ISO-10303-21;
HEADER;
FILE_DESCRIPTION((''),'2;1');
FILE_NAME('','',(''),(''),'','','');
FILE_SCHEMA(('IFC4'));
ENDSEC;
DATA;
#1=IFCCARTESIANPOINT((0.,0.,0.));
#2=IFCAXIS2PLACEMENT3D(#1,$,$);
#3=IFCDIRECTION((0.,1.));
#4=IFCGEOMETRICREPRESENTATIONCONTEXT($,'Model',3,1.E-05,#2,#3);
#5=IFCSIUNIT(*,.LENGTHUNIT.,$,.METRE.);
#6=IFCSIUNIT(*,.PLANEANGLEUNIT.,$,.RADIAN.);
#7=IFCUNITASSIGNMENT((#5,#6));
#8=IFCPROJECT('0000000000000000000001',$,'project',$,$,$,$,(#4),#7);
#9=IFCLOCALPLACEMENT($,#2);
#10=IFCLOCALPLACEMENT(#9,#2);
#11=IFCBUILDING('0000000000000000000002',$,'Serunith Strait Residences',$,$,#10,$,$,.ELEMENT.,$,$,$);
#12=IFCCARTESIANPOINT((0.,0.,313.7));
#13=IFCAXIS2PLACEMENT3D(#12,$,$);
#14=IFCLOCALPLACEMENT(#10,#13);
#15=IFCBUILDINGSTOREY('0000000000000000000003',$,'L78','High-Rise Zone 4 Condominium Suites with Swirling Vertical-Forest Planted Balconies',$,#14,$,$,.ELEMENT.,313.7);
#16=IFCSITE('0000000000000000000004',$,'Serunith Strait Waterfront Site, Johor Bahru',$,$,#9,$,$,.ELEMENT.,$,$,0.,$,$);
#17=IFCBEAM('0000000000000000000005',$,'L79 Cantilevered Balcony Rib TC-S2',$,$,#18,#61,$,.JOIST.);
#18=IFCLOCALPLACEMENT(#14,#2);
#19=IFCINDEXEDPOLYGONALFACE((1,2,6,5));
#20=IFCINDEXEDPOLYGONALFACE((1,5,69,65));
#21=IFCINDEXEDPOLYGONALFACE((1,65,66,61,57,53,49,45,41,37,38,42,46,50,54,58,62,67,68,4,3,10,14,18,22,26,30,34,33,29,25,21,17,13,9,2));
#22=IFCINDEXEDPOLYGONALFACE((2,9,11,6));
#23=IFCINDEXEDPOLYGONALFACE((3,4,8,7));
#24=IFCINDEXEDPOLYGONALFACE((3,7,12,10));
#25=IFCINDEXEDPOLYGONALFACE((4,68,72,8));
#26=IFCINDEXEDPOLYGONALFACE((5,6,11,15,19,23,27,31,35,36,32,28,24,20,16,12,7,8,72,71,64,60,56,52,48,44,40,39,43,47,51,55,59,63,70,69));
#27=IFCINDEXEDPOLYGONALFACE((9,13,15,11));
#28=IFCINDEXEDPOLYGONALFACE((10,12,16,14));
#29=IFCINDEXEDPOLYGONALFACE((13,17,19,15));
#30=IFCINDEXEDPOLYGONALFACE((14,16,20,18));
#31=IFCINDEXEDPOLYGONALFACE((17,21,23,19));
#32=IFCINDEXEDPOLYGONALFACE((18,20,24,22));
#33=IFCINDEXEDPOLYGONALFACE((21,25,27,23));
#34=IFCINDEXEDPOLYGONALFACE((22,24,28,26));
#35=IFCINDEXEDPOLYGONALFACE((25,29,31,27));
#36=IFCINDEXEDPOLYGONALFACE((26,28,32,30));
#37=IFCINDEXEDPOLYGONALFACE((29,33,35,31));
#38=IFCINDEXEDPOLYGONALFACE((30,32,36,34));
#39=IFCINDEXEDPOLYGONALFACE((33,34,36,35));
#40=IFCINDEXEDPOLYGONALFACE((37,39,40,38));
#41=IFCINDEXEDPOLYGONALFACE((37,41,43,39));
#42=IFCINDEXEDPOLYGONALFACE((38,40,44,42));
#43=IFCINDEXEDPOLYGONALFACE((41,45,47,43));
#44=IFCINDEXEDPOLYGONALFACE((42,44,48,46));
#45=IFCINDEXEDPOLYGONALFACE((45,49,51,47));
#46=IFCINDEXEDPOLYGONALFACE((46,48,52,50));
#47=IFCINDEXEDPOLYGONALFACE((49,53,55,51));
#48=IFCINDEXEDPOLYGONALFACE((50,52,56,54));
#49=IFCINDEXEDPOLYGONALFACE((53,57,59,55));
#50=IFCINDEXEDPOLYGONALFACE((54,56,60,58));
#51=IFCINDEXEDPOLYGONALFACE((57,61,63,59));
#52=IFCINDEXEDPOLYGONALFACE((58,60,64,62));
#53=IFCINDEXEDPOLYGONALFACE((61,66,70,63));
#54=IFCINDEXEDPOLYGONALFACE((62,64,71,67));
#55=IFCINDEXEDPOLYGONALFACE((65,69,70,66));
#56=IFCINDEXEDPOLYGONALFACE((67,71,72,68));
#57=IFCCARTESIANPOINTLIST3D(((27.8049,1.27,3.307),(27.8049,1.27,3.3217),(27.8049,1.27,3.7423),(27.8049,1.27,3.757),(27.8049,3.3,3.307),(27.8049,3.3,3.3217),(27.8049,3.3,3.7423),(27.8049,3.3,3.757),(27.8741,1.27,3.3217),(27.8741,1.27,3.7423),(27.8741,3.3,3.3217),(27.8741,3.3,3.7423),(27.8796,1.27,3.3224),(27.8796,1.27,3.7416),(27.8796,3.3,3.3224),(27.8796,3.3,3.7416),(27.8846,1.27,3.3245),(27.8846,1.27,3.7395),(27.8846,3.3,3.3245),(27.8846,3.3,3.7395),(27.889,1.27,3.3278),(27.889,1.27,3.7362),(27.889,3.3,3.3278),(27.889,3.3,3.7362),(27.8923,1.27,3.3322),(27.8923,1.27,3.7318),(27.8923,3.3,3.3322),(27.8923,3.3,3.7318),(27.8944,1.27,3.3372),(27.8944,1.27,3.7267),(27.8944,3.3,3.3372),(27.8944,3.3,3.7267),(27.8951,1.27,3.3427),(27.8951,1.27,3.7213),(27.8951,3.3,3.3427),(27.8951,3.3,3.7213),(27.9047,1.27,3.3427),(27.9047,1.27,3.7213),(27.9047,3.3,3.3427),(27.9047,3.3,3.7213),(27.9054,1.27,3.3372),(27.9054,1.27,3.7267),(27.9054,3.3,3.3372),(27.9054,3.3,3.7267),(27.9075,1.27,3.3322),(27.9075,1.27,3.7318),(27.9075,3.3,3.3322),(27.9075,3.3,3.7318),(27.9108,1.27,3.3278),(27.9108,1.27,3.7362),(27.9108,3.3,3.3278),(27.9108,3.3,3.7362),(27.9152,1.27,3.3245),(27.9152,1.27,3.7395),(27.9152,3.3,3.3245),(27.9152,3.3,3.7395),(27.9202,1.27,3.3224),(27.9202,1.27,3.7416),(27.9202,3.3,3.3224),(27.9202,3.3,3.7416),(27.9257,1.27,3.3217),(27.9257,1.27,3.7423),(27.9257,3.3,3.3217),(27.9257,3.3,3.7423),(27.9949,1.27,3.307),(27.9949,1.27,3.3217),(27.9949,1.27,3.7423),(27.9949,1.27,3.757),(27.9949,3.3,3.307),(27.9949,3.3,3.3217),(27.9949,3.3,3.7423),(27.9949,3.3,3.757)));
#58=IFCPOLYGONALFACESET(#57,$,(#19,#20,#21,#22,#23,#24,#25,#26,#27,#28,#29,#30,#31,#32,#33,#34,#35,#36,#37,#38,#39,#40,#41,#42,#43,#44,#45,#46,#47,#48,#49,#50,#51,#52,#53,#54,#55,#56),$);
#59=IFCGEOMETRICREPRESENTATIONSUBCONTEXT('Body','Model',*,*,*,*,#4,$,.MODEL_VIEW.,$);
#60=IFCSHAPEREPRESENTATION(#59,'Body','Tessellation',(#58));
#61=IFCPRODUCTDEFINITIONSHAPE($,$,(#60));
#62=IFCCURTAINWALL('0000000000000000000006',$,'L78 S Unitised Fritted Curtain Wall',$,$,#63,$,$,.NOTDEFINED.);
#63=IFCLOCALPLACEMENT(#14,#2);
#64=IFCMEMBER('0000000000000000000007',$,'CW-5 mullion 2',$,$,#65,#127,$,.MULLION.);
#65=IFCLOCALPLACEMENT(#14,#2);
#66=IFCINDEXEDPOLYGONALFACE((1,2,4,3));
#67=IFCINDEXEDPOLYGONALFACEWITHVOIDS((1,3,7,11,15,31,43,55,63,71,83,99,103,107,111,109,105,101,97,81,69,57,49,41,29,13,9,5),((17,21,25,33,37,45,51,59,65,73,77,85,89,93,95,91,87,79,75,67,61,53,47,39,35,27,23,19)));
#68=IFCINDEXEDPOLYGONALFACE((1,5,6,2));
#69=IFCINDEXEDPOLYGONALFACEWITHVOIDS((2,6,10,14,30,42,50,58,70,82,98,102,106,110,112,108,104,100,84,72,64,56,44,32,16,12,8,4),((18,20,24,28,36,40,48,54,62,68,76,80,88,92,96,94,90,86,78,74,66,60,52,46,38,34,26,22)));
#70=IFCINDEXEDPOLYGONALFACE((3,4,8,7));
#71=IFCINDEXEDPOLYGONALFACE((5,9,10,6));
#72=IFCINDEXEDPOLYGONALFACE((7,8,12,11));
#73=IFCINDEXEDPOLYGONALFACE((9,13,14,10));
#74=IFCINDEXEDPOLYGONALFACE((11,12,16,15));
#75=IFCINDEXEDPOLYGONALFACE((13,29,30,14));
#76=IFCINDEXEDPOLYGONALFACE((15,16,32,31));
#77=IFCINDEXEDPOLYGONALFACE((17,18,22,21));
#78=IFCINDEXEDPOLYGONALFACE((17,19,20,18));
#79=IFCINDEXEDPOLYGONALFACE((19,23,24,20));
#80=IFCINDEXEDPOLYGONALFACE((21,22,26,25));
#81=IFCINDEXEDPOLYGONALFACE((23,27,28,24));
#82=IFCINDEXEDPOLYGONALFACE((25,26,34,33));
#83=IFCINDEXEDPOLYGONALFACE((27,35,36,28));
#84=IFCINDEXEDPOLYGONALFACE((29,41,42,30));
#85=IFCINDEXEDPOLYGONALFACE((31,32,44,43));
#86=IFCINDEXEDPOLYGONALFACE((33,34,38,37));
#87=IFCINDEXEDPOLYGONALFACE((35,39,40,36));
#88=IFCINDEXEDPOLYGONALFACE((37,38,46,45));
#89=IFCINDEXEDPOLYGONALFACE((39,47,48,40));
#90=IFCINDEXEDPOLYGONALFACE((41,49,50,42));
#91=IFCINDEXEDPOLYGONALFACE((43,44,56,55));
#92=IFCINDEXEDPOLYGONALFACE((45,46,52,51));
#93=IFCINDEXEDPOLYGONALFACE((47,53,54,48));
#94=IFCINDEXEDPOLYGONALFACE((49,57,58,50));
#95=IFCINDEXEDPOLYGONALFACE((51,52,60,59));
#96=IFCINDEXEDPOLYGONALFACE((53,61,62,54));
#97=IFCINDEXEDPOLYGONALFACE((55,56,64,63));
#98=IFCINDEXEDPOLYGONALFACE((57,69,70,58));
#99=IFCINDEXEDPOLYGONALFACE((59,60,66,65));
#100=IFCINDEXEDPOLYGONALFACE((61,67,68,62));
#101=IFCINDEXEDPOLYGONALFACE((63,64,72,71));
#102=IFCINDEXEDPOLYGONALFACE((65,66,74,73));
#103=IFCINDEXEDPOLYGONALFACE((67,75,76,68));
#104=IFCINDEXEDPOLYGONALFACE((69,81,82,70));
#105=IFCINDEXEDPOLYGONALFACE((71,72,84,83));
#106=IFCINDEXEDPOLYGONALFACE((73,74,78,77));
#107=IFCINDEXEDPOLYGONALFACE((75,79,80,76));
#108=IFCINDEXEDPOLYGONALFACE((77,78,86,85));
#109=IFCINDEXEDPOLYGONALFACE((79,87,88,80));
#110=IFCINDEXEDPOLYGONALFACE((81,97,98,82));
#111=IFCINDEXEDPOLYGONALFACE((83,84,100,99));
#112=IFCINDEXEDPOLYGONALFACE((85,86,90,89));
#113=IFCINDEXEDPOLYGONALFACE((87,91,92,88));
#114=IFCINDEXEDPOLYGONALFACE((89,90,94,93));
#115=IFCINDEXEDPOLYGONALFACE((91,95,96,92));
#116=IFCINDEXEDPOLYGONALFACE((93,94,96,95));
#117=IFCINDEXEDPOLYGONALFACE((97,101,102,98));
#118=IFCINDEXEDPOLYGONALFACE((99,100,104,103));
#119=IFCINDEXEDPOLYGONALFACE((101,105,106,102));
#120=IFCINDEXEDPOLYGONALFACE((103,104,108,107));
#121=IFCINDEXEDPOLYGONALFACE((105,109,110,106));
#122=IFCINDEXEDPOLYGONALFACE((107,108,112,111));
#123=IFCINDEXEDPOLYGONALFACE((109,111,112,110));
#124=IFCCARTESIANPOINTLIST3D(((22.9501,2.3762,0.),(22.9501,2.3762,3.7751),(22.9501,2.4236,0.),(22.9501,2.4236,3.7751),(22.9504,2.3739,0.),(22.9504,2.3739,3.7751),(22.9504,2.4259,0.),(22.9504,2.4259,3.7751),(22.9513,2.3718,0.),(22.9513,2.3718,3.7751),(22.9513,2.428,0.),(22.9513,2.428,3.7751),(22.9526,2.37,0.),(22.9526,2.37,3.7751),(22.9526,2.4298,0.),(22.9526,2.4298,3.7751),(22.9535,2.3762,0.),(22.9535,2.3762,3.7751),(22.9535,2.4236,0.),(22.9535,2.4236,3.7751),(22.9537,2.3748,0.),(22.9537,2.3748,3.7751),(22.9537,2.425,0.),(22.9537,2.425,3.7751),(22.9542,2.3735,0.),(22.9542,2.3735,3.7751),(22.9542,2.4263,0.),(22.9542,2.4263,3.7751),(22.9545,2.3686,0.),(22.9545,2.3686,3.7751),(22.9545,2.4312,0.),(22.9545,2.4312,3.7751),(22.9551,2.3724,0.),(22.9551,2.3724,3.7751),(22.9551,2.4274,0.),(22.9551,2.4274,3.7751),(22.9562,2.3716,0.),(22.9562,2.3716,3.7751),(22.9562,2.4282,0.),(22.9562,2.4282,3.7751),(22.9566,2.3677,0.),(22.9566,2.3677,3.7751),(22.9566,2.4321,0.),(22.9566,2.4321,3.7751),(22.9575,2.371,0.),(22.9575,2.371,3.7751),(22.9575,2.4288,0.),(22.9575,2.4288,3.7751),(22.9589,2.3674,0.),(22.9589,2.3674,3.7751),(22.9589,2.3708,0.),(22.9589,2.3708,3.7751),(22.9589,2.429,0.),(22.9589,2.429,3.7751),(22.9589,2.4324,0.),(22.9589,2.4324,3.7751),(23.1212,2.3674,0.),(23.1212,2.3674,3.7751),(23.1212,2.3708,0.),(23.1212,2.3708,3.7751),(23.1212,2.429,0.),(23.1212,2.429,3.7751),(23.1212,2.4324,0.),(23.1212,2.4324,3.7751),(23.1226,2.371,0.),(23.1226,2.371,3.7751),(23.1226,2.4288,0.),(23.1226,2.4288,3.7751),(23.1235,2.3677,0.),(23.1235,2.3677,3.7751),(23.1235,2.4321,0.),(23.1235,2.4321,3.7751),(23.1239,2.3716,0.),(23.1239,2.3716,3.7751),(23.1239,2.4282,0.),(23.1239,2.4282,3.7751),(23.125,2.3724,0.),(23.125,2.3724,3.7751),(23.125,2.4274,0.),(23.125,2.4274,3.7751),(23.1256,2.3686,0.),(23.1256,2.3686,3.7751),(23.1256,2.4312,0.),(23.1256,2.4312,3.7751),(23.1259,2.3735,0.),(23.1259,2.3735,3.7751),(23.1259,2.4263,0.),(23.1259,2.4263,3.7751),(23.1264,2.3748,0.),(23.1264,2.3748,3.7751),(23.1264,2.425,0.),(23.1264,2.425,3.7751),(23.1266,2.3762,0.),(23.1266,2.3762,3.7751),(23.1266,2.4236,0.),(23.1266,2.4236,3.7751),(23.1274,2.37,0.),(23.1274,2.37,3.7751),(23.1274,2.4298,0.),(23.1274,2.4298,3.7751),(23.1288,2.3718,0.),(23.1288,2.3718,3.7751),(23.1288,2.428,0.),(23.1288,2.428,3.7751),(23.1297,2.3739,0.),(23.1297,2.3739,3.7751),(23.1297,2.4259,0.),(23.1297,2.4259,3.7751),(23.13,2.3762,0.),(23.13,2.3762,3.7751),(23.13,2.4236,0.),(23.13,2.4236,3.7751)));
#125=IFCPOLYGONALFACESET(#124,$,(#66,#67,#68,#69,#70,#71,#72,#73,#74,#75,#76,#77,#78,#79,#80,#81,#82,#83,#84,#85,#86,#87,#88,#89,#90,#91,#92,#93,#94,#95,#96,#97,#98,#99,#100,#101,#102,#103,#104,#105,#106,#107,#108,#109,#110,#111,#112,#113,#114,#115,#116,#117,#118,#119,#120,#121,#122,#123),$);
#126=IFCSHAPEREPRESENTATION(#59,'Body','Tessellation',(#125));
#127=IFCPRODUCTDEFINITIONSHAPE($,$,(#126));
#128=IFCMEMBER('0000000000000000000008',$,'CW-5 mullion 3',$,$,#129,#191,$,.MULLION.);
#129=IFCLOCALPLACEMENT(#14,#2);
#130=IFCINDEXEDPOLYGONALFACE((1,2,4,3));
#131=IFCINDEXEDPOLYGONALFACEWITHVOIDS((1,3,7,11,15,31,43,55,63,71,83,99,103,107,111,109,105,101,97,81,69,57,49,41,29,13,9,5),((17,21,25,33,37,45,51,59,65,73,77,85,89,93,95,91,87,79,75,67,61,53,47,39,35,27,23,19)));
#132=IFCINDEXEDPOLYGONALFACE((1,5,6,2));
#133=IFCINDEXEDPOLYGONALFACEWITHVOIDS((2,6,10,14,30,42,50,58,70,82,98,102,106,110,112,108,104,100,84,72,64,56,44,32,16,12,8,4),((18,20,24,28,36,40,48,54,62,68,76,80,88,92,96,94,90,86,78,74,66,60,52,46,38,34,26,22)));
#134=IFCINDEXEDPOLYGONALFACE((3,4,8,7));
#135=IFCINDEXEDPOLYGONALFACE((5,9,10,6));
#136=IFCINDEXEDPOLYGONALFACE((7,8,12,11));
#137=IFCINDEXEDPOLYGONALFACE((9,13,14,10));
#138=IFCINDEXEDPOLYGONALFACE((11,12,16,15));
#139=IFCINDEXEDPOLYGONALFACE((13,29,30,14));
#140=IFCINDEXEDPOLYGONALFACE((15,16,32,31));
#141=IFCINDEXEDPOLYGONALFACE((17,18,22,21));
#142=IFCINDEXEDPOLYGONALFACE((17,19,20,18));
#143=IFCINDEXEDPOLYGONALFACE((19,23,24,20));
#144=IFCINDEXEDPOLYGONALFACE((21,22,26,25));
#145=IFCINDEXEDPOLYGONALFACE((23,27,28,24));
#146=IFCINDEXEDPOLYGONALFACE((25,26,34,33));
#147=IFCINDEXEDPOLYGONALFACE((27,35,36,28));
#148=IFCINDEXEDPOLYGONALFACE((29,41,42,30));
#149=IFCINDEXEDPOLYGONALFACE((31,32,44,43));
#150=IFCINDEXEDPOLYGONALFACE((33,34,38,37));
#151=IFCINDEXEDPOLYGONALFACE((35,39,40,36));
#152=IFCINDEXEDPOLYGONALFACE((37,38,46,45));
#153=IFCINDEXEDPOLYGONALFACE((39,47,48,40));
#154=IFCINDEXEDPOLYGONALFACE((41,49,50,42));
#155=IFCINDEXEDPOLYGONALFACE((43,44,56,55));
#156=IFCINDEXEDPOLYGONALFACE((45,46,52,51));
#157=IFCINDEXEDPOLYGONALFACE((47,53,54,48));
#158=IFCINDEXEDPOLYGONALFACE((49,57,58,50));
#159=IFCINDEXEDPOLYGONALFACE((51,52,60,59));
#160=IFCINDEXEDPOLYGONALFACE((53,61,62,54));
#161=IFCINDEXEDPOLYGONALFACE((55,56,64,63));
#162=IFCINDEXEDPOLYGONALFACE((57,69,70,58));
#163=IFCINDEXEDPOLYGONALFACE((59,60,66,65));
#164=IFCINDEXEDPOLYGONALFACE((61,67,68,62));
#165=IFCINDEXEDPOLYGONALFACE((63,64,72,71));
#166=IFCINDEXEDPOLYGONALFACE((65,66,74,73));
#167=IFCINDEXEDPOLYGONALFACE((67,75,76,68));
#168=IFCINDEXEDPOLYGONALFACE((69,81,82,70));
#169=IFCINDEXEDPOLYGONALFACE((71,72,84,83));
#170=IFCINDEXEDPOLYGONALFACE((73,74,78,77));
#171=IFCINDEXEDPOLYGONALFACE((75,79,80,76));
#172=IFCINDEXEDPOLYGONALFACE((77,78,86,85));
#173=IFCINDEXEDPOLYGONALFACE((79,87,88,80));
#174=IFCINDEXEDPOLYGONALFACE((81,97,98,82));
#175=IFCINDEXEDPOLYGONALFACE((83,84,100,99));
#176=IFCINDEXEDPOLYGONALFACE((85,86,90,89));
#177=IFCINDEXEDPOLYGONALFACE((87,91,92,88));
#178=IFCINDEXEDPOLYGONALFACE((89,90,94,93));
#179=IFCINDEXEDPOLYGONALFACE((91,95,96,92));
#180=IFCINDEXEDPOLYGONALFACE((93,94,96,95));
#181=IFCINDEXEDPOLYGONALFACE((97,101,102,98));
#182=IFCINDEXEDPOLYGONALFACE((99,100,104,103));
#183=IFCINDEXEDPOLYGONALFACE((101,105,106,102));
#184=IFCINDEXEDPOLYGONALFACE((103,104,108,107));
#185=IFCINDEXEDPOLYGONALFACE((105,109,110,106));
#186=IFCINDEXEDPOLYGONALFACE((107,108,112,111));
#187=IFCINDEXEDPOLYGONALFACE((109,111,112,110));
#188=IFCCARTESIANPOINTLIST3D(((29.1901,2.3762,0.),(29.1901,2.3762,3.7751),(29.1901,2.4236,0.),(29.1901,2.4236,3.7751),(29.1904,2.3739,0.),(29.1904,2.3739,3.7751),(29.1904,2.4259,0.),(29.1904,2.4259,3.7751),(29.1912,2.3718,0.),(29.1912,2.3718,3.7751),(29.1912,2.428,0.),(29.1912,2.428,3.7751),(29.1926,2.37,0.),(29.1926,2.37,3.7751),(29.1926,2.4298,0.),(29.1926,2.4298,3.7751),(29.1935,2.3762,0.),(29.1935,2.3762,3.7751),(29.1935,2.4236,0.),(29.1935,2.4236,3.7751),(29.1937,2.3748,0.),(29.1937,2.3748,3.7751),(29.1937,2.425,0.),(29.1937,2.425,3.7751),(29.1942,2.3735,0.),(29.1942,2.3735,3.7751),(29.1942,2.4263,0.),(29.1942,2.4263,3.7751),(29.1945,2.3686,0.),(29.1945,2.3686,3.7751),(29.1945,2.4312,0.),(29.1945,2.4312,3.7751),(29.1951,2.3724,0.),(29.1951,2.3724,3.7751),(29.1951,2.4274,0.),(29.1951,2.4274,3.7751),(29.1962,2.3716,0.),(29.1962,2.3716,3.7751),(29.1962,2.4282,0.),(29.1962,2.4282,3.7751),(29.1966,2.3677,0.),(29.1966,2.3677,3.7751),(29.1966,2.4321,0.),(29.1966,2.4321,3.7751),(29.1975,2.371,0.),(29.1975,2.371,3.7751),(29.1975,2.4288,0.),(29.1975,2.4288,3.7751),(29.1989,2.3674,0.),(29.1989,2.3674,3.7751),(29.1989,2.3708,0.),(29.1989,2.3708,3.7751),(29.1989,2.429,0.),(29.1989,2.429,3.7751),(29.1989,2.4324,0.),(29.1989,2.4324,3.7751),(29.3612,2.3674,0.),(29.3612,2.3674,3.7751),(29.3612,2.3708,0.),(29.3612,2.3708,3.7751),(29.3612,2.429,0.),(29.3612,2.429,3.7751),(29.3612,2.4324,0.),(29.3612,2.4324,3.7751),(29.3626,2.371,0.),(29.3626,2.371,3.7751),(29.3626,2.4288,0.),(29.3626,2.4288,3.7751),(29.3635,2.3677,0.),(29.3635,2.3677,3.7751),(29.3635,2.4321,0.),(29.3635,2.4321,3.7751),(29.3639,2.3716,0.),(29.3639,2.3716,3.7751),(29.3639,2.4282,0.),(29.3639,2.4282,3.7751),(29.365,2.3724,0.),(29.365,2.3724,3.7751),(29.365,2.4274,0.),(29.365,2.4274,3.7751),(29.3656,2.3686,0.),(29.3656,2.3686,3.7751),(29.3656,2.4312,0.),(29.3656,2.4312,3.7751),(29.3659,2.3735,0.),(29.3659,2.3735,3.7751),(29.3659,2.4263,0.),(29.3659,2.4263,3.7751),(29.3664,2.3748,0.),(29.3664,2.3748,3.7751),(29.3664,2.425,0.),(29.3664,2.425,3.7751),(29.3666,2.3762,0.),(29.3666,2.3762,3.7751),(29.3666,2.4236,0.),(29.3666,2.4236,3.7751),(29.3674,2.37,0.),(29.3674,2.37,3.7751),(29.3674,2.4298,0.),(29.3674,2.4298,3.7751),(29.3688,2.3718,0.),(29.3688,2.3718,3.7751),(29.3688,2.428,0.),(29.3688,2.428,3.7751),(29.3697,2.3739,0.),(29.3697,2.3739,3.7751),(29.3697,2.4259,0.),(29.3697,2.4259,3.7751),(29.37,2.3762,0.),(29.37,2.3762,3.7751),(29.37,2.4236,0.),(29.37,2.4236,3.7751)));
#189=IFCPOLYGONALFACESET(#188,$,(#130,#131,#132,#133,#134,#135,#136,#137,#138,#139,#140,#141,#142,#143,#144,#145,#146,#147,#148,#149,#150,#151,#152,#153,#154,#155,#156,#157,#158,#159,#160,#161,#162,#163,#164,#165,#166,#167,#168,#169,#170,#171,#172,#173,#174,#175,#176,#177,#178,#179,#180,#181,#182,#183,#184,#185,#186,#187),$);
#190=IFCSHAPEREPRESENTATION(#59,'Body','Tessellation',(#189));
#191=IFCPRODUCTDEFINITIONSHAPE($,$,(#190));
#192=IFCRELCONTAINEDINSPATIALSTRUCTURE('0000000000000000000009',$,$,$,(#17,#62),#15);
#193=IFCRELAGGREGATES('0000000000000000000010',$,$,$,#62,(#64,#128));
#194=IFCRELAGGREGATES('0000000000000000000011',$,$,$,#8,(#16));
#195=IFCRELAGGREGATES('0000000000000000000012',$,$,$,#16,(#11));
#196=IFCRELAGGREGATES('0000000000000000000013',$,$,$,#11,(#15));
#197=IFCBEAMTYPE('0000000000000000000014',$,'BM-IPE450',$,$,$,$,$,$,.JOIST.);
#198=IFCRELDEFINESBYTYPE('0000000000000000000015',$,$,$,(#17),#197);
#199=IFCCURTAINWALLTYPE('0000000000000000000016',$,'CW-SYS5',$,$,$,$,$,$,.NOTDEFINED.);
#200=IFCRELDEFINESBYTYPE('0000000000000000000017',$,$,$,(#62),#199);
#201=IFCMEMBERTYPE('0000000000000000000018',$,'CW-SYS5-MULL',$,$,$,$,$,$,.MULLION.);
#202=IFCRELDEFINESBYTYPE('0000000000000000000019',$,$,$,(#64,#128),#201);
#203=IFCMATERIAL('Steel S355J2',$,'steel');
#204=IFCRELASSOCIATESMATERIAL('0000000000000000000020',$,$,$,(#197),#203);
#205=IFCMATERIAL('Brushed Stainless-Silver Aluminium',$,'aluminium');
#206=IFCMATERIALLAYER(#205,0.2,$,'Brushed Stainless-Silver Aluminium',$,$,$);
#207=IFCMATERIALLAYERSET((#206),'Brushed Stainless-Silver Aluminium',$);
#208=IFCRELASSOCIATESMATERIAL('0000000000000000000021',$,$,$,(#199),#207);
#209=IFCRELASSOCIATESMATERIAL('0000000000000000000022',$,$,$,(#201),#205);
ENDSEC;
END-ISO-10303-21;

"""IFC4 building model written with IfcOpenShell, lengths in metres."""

from ifc_helpers import new_model, si_unit, direction, frame, origin, origin_2d, place, context, subcontext, project, spatial, hollow_rectangle, i_section, extrude, source, transform, mapped, material, layer, layer_set, material_profile, profile_set, type_object, element, aggregate, save


model = new_model("IFC4")

# Units and contexts
model_context = context("Model", 3, precision=1e-05, world=origin(), true_north=direction((0.0, 1.0)))
body_context = subcontext(model_context, "Body", "Model", "MODEL_VIEW")
ifc_project = project(units=[si_unit("LENGTHUNIT", "METRE"), si_unit("PLANEANGLEUNIT", "RADIAN")], contexts=[model_context])

# Site, building, storey
site_placement = place(None, origin())
site = spatial("IfcSite", under=ifc_project, at=site_placement, Name="Serunith Strait Waterfront Site, Johor Bahru", CompositionType="ELEMENT", RefElevation=0.0)
building_placement = place(site_placement, origin())
building = spatial("IfcBuilding", under=site, at=building_placement, Name="Serunith Strait Residences", CompositionType="ELEMENT")
storey_placement = place(building_placement, frame((0.0, 0.0, 313.7)))
storey = spatial("IfcBuildingStorey", under=building, at=storey_placement, Name="L78", Description="High-Rise Zone 4 Condominium Suites with Swirling Vertical-Forest Planted Balconies", CompositionType="ELEMENT", Elevation=313.7)

# Beam
ifc_material_1 = material(Name="Steel S355J2", Category="steel")
ifc_material_profile_1 = material_profile(ifc_material_1, i_section(OverallWidth=0.1899, OverallDepth=0.45, WebThickness=0.0095, FlangeThickness=0.0146, FilletRadius=0.021, at=origin_2d()), Name="IPE 450")
ifc_profile_set_1 = profile_set([ifc_material_profile_1], Name="Steel S355J2")
beam_type_1 = type_object("IfcBeamType", Name="BM-IPE450", PredefinedType="JOIST", material=ifc_profile_set_1)
shared_shape_1 = source(origin(), body_context, "Body", "SweptSolid", [
    extrude(i_section(OverallWidth=0.1899, OverallDepth=0.45, WebThickness=0.0095, FlangeThickness=0.0146, FilletRadius=0.021, at=origin_2d()), origin(), (0.0, 0.0, 1.0), 2.03),
])
beam_1_placement = place(storey_placement, frame((27.8999, 3.3, 3.532), z_axis=(0.0, -1.0, 0.0), x_axis=(1.0, 0.0, 0.0)))
element("IfcBeam", 1, at=beam_1_placement, inside=storey, type_object=beam_type_1, Name="L79 Cantilevered Balcony Rib TC-S2", PredefinedType="JOIST", context=body_context, shape_type="MappedRepresentation", body=[
    mapped(shared_shape_1, transform((0.0, 0.0, 0.0), scale=1.0)),
])

# Curtain wall, members
ifc_material_2 = material(Name="Brushed Stainless-Silver Aluminium", Category="aluminium")
ifc_layer_1 = layer(ifc_material_2, 0.2, Name="Brushed Stainless-Silver Aluminium")
ifc_layer_set_1 = layer_set([ifc_layer_1], Name="Brushed Stainless-Silver Aluminium")
curtain_wall_type = type_object("IfcCurtainWallType", Name="CW-SYS5", PredefinedType="NOTDEFINED", material=ifc_layer_set_1)
curtain_wall_placement = place(storey_placement, origin())
curtain_wall = element("IfcCurtainWall", 2, at=curtain_wall_placement, inside=storey, type_object=curtain_wall_type, Name="L78 S Unitised Fritted Curtain Wall", PredefinedType="NOTDEFINED")
ifc_material_profile_2 = material_profile(ifc_material_2, hollow_rectangle(XDim=0.0649, YDim=0.1799, WallThickness=0.0034, InnerFilletRadius=0.0054, OuterFilletRadius=0.0088, at=origin_2d()), Name="ALU 180x65x3.5")
ifc_profile_set_2 = profile_set([ifc_material_profile_2], Name="Brushed Stainless-Silver Aluminium")
member_type_1 = type_object("IfcMemberType", Name="CW-SYS5-MULL", PredefinedType="MULLION", material=ifc_profile_set_2)
shared_shape_2 = source(origin(), body_context, "Body", "SweptSolid", [
    extrude(hollow_rectangle(XDim=0.0649, YDim=0.1799, WallThickness=0.0034, InnerFilletRadius=0.0054, OuterFilletRadius=0.0088, at=origin_2d()), origin(), (0.0, 0.0, 1.0), 3.7751),
])
member_1_placement = place(storey_placement, frame((23.04, 2.3999, 0.0), z_axis=(0.0, 0.0, 1.0), x_axis=(0.0, 1.0, 0.0)))
member_1 = element("IfcMember", 3, at=member_1_placement, type_object=member_type_1, Name="CW-5 mullion 2", PredefinedType="MULLION", context=body_context, shape_type="MappedRepresentation", body=[
    mapped(shared_shape_2, transform((0.0, 0.0, 0.0), scale=1.0)),
])
member_2_placement = place(storey_placement, frame((29.28, 2.3999, 0.0), z_axis=(0.0, 0.0, 1.0), x_axis=(0.0, 1.0, 0.0)))
member_2 = element("IfcMember", 4, at=member_2_placement, type_object=member_type_1, Name="CW-5 mullion 3", PredefinedType="MULLION", context=body_context, shape_type="MappedRepresentation", body=[
    mapped(shared_shape_2, transform((0.0, 0.0, 0.0), scale=1.0)),
])
aggregate(curtain_wall, [member_1, member_2])

save(model, "model.ifc")
